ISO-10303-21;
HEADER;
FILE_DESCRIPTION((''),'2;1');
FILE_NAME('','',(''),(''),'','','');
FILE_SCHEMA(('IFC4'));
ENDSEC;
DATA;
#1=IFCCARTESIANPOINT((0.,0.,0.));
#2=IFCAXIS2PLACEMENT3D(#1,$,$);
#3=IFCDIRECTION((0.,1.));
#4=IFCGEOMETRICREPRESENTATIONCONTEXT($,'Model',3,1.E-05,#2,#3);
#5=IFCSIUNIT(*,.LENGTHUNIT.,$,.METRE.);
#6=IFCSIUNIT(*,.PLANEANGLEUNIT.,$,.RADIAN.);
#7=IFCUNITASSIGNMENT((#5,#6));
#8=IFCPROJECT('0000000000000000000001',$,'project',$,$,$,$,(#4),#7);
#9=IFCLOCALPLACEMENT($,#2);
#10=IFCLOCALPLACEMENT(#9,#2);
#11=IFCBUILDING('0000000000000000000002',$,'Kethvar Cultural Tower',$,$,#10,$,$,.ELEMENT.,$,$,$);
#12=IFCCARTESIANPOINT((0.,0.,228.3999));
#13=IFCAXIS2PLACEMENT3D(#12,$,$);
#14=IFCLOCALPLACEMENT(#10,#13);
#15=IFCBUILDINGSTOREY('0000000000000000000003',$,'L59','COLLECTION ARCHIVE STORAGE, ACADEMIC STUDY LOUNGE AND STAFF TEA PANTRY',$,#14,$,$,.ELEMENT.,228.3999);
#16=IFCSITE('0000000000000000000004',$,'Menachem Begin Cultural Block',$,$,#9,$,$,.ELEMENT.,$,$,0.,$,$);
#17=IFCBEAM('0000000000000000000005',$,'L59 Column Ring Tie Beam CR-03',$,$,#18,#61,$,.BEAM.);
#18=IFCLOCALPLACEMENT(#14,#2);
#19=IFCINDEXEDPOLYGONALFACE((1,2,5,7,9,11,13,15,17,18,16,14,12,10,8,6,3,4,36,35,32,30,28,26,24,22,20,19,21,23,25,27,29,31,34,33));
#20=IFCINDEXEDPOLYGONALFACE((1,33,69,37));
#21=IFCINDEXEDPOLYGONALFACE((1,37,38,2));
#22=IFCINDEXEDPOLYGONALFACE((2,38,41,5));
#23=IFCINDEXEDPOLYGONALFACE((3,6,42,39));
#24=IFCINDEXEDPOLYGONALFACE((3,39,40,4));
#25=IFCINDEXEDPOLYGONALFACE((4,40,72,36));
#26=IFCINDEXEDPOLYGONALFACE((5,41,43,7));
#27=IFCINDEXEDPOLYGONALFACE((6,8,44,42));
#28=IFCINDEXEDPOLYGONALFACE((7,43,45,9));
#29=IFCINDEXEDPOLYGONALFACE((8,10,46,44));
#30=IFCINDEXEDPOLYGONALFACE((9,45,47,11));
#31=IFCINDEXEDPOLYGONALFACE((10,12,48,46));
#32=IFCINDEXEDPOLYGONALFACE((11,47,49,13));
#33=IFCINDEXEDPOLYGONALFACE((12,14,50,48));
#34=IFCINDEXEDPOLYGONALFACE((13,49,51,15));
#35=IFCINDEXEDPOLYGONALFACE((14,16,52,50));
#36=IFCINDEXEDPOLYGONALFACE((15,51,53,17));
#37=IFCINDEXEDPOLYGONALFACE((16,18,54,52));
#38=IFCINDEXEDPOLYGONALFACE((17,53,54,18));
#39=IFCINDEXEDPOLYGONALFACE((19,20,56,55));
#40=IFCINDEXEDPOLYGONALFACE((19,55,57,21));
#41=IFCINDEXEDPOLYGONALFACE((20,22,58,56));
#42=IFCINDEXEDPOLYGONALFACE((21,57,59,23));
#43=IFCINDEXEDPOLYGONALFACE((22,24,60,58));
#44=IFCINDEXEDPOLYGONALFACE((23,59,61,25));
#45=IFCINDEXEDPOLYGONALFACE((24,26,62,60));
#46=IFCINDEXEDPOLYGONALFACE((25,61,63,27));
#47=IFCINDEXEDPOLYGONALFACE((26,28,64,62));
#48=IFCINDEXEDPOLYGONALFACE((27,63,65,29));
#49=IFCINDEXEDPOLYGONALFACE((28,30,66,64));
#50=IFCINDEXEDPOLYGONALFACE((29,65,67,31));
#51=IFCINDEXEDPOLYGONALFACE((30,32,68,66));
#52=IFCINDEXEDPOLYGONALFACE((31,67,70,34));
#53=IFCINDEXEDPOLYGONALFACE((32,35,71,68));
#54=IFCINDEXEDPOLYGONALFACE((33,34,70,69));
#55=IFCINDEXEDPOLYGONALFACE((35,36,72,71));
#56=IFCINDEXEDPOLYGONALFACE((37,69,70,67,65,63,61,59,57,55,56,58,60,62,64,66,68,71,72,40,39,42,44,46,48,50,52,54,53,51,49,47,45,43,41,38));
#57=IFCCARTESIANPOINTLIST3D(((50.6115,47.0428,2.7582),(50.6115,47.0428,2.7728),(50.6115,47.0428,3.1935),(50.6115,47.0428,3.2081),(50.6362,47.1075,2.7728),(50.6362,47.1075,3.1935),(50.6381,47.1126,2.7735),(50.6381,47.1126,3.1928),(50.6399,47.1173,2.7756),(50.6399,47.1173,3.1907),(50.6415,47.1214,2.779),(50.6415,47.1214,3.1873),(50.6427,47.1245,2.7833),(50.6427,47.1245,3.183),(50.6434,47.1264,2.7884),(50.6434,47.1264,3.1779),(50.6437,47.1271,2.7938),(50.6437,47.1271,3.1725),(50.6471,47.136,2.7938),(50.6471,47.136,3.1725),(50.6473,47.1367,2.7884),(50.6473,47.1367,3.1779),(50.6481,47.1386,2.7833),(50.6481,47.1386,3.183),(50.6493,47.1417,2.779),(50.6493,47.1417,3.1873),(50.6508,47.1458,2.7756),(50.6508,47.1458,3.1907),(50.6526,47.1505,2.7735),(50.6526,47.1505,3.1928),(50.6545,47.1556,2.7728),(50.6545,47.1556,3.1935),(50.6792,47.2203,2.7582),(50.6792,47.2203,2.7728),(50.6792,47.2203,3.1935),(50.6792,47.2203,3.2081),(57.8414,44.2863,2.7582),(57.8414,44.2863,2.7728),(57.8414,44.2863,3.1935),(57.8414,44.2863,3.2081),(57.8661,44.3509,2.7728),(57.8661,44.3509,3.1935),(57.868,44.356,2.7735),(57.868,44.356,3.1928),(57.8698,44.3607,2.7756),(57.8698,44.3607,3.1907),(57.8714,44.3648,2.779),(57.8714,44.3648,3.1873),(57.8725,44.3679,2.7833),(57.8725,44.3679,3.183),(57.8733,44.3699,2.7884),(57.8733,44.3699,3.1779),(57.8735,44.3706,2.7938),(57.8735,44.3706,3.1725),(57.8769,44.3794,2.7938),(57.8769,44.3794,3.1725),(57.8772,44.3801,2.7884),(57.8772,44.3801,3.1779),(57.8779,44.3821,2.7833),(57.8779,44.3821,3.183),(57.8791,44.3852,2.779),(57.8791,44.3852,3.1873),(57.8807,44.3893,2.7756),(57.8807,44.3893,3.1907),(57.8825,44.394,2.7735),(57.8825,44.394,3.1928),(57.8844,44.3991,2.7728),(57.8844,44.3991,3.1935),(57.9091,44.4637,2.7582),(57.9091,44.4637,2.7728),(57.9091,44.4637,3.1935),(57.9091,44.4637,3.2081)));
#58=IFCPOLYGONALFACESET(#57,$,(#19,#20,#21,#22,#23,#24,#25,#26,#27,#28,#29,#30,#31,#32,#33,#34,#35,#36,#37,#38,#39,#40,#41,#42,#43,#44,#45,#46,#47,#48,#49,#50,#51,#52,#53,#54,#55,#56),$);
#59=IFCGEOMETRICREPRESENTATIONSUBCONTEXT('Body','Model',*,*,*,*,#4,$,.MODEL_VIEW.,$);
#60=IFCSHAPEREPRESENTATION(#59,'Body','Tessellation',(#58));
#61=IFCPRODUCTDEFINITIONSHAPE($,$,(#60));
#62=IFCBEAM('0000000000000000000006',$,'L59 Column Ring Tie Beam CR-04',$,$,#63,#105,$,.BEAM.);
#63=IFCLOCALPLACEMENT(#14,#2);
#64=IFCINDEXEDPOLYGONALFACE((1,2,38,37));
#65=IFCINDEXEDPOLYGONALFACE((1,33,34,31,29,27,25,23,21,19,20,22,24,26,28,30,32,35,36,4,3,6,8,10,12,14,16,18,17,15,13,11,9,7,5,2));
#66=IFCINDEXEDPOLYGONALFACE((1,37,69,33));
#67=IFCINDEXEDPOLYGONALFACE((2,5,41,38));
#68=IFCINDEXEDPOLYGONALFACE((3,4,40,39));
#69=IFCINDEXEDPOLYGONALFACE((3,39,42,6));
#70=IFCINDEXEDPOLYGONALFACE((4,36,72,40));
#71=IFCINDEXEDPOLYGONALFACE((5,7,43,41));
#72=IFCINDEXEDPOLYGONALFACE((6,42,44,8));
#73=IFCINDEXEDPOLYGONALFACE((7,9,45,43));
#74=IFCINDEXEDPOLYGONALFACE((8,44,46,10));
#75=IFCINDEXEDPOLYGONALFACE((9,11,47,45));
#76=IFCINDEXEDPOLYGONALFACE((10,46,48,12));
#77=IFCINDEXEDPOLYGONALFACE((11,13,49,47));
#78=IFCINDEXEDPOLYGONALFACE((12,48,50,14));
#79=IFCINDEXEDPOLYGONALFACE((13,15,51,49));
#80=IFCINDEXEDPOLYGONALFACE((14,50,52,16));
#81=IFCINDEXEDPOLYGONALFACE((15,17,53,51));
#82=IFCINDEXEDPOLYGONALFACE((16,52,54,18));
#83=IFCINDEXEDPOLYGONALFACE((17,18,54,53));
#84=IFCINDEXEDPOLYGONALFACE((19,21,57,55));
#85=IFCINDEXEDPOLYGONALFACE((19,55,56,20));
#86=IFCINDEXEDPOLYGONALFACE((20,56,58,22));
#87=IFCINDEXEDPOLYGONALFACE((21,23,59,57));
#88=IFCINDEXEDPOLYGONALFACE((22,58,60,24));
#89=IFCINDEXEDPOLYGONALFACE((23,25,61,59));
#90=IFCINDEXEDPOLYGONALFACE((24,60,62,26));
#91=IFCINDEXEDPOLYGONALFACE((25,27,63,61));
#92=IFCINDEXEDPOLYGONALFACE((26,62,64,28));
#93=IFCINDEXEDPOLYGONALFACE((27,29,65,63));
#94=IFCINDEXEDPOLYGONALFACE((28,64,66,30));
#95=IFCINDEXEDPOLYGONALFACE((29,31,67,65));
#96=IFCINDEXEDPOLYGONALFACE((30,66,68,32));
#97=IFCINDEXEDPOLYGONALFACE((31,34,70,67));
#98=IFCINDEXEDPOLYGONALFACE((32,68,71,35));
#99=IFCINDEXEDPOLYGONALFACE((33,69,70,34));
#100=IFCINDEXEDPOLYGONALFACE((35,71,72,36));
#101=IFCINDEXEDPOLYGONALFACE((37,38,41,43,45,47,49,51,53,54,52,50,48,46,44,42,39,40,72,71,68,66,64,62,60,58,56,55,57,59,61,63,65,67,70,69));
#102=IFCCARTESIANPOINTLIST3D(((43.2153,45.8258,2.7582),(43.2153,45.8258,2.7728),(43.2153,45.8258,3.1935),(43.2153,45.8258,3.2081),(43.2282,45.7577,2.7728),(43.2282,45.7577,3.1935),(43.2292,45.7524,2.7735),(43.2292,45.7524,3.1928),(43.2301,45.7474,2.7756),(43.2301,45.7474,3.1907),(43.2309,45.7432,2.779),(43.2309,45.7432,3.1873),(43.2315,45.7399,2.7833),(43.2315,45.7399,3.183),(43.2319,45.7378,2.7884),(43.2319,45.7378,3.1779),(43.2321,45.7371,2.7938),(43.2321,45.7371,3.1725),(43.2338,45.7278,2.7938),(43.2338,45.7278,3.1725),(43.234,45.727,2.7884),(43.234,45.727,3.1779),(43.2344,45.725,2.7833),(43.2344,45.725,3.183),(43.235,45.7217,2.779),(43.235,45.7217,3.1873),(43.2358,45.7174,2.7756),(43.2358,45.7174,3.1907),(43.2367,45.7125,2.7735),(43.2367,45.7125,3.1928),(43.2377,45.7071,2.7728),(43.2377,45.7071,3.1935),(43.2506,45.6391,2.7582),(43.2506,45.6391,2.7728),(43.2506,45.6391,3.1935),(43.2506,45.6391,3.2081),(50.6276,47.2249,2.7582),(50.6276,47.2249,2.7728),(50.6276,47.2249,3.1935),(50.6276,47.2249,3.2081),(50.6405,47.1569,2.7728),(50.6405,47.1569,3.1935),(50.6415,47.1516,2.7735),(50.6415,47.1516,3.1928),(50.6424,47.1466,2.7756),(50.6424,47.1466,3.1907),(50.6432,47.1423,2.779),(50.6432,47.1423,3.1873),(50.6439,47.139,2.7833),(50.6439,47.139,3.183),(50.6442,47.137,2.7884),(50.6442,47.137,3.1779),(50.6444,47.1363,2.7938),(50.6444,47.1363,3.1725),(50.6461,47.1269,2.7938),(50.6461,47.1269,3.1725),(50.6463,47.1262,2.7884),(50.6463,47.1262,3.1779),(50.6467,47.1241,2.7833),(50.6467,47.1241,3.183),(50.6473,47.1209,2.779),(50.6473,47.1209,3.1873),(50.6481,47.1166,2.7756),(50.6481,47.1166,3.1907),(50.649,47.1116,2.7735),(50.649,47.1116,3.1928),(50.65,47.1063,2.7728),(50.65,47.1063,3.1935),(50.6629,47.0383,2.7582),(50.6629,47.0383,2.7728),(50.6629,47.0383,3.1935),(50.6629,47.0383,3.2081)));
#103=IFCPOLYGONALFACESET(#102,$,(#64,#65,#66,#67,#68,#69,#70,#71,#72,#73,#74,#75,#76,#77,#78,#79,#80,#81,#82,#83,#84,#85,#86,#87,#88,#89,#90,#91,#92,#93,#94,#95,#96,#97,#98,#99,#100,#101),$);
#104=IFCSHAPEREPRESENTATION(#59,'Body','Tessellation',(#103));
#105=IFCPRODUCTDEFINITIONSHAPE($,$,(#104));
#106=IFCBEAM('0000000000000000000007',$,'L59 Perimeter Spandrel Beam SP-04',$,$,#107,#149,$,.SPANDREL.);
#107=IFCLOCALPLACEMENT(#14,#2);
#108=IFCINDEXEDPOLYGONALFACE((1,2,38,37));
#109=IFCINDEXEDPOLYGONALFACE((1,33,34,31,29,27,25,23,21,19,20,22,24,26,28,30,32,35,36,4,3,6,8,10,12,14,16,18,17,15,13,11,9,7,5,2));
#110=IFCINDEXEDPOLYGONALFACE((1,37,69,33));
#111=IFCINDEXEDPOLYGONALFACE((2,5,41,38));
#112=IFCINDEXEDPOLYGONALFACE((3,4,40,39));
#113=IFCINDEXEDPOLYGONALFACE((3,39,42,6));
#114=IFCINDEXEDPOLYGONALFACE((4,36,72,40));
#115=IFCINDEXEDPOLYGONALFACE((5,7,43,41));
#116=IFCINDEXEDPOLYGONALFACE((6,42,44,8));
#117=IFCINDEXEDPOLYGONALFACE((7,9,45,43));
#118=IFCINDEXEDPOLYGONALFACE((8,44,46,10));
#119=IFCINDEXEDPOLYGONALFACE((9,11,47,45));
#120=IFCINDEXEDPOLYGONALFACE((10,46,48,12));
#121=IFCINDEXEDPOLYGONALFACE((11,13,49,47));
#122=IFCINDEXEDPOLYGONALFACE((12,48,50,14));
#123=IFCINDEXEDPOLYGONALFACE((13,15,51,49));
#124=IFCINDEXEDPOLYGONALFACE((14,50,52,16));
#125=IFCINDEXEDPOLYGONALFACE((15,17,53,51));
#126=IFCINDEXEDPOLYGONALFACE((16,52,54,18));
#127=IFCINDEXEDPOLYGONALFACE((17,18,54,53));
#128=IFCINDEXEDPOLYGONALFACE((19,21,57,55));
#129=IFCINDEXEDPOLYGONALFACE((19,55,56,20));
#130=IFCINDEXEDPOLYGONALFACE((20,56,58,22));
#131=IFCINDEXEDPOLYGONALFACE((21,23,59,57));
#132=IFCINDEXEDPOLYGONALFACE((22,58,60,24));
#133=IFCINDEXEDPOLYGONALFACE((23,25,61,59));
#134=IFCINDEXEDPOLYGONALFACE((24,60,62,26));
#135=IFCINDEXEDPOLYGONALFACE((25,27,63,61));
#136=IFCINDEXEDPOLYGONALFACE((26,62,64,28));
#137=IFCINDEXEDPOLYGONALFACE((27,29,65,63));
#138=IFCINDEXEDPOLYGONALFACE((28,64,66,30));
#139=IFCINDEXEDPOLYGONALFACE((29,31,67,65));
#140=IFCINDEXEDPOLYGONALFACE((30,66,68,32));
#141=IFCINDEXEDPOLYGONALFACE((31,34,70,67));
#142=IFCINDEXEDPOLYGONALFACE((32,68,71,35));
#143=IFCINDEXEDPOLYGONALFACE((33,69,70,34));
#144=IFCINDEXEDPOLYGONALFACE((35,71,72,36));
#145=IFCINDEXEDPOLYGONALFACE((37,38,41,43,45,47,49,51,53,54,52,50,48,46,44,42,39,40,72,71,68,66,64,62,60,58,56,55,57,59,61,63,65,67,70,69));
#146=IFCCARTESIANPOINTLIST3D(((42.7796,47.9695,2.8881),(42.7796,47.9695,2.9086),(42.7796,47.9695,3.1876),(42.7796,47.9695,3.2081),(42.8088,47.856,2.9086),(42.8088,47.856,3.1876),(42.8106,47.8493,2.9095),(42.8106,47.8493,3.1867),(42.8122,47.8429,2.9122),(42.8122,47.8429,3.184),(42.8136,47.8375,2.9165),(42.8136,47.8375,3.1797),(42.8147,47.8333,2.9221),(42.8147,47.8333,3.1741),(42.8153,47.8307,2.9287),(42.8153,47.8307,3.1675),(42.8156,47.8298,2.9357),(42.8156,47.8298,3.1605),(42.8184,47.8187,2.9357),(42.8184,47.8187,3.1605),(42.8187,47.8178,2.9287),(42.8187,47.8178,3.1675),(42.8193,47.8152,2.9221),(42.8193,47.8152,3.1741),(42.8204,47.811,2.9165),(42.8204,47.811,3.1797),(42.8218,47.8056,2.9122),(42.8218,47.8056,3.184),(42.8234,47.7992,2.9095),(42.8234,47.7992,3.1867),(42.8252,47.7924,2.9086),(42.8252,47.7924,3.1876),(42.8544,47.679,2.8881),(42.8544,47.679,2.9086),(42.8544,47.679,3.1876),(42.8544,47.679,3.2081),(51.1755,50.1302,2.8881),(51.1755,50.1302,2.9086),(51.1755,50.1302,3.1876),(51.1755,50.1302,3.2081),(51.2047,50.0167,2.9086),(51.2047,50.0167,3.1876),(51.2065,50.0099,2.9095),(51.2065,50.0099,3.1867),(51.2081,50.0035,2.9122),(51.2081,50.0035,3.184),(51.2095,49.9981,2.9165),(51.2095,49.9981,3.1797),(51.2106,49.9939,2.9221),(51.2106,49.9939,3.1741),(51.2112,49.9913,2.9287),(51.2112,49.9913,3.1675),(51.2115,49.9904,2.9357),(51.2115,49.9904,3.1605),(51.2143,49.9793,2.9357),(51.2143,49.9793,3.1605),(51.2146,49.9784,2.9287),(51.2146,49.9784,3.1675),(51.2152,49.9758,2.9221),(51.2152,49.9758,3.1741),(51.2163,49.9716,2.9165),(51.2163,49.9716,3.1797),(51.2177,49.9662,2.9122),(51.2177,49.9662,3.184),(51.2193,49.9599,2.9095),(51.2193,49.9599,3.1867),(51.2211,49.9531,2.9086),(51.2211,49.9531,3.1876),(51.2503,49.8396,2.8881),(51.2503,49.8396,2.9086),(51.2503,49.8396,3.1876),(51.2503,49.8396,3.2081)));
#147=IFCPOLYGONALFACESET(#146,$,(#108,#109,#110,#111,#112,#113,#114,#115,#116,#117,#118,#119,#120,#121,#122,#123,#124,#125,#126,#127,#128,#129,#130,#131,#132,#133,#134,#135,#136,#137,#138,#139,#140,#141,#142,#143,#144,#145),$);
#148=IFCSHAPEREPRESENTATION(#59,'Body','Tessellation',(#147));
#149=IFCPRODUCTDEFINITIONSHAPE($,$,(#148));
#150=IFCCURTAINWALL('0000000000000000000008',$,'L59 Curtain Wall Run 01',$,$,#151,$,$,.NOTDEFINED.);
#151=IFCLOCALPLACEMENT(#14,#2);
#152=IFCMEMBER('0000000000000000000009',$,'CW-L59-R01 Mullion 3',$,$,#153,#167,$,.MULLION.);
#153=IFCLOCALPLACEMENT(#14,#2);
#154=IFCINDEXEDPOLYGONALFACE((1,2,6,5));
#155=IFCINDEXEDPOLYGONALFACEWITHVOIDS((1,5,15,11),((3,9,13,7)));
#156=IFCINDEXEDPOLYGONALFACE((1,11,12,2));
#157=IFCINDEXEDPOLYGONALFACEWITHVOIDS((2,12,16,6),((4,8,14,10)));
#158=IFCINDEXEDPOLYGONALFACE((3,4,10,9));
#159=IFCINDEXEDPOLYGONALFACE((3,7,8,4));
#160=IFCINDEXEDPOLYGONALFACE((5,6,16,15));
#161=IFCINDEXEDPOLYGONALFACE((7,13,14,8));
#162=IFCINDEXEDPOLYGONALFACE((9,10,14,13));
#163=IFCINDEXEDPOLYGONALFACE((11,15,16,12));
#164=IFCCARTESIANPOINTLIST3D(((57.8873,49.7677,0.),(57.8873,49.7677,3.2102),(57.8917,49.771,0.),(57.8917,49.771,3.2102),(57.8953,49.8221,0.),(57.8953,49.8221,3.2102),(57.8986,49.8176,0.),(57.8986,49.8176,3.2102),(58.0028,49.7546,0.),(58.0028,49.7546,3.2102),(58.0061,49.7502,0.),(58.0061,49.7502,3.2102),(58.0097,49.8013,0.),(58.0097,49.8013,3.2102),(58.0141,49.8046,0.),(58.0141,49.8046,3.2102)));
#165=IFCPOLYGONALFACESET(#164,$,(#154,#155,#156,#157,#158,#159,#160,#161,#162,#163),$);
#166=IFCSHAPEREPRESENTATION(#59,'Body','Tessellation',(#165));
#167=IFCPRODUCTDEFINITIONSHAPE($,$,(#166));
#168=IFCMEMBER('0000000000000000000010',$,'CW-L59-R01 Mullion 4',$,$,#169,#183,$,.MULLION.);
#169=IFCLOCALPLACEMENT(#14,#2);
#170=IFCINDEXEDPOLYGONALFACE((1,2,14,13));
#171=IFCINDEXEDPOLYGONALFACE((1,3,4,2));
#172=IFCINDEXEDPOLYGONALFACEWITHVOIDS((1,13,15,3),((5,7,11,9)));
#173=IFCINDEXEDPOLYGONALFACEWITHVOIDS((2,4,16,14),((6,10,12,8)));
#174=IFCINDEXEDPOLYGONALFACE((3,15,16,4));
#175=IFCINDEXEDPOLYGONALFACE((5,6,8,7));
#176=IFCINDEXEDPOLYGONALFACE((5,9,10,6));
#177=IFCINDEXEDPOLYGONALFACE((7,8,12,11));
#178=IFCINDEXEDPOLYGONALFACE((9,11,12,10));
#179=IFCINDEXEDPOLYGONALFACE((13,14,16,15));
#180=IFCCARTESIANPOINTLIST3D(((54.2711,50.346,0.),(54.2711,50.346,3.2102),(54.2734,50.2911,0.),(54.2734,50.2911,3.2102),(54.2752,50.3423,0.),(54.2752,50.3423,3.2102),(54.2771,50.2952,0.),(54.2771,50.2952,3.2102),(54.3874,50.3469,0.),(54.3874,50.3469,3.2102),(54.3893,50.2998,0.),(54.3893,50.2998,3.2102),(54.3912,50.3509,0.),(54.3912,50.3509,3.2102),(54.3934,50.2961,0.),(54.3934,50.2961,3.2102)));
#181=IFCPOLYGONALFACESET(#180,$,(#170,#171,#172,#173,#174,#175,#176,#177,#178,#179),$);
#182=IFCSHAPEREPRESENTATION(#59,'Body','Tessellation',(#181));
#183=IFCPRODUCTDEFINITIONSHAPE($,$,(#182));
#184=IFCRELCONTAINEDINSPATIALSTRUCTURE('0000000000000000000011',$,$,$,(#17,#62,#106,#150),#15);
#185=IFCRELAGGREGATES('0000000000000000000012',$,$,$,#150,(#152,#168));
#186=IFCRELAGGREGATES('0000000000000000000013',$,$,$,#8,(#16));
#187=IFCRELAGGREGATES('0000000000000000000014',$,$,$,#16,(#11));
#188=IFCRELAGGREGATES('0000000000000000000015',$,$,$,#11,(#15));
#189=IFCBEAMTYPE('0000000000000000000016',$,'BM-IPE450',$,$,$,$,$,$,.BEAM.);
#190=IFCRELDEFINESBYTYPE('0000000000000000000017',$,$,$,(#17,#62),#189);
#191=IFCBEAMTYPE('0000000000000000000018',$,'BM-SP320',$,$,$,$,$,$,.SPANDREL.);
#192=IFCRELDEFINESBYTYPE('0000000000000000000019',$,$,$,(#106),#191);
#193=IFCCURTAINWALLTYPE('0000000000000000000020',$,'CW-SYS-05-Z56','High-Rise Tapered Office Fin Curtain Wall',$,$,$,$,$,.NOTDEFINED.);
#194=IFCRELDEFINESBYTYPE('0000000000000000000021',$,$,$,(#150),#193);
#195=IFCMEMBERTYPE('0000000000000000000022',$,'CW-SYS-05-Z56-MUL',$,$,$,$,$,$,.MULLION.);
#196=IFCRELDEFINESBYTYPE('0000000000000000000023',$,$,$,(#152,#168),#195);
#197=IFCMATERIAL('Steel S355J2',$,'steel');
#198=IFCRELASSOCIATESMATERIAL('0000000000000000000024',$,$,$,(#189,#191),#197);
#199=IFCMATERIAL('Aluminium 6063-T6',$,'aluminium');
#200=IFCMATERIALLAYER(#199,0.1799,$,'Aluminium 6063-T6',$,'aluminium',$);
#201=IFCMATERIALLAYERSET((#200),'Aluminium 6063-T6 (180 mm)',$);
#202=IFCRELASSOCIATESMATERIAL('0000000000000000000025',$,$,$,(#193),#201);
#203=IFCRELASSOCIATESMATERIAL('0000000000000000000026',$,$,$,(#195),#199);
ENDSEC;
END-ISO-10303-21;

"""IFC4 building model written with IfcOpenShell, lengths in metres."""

from ifc_helpers import new_model, si_unit, direction, frame, origin, origin_2d, place, context, subcontext, project, spatial, hollow_rectangle, i_section, extrude, source, transform, mapped, material, layer, layer_set, material_profile, profile_set, type_object, element, aggregate, save


model = new_model("IFC4")

# Units and contexts
model_context = context("Model", 3, precision=1e-05, world=origin(), true_north=direction((0.0, 1.0)))
body_context = subcontext(model_context, "Body", "Model", "MODEL_VIEW")
ifc_project = project(units=[si_unit("LENGTHUNIT", "METRE"), si_unit("PLANEANGLEUNIT", "RADIAN")], contexts=[model_context])

# Site, building, storey
site_placement = place(None, origin())
site = spatial("IfcSite", under=ifc_project, at=site_placement, Name="Menachem Begin Cultural Block", CompositionType="ELEMENT", RefElevation=0.0)
building_placement = place(site_placement, origin())
building = spatial("IfcBuilding", under=site, at=building_placement, Name="Kethvar Cultural Tower", CompositionType="ELEMENT")
storey_placement = place(building_placement, frame((0.0, 0.0, 228.3999)))
storey = spatial("IfcBuildingStorey", under=building, at=storey_placement, Name="L59", Description="COLLECTION ARCHIVE STORAGE, ACADEMIC STUDY LOUNGE AND STAFF TEA PANTRY", CompositionType="ELEMENT", Elevation=228.3999)

# Beams
ifc_material_1 = material(Name="Steel S355J2", Category="steel")
ifc_material_profile_1 = material_profile(ifc_material_1, i_section(OverallWidth=0.1899, OverallDepth=0.45, WebThickness=0.0095, FlangeThickness=0.0146, FilletRadius=0.021, at=origin_2d()), Name="Steel S355J2 — IPE450")
ifc_profile_set_1 = profile_set([ifc_material_profile_1], Name="Steel S355J2 — IPE450")
beam_type_1 = type_object("IfcBeamType", Name="BM-IPE450", PredefinedType="BEAM", material=ifc_profile_set_1)
shared_shape_1 = source(origin(), body_context, "Body", "SweptSolid", [
    extrude(i_section(OverallWidth=0.1899, OverallDepth=0.45, WebThickness=0.0095, FlangeThickness=0.0146, FilletRadius=0.021, at=origin_2d()), origin(), (0.0, 0.0, 1.0), 7.7375),
])
beam_1_placement = place(storey_placement, frame((57.8752, 44.375, 2.9832), z_axis=(-0.934388, 0.356256, 0.0), x_axis=(-0.356256, -0.934388, 0.0)))
element("IfcBeam", 1, at=beam_1_placement, inside=storey, type_object=beam_type_1, Name="L59 Column Ring Tie Beam CR-03", PredefinedType="BEAM", context=body_context, shape_type="MappedRepresentation", body=[
    mapped(shared_shape_1, transform((0.0, 0.0, 0.0), scale=1.0)),
])
shared_shape_2 = source(origin(), body_context, "Body", "SweptSolid", [
    extrude(i_section(OverallWidth=0.1899, OverallDepth=0.45, WebThickness=0.0095, FlangeThickness=0.0146, FilletRadius=0.021, at=origin_2d()), origin(), (0.0, 0.0, 1.0), 7.5432),
])
beam_2_placement = place(storey_placement, frame((50.6453, 47.1316, 2.9832), z_axis=(-0.982647, -0.185486, 0.0), x_axis=(0.185486, -0.982647, 0.0)))
element("IfcBeam", 2, at=beam_2_placement, inside=storey, type_object=beam_type_1, Name="L59 Column Ring Tie Beam CR-04", PredefinedType="BEAM", context=body_context, shape_type="MappedRepresentation", body=[
    mapped(shared_shape_2, transform((0.0, 0.0, 0.0), scale=1.0)),
])
ifc_material_profile_2 = material_profile(ifc_material_1, i_section(OverallWidth=0.3, OverallDepth=0.3201, WebThickness=0.0115, FlangeThickness=0.0205, FilletRadius=0.0271, at=origin_2d()), Name="Steel S355J2 — HEB320")
ifc_profile_set_2 = profile_set([ifc_material_profile_2], Name="Steel S355J2 — HEB320")
beam_type_2 = type_object("IfcBeamType", Name="BM-SP320", PredefinedType="SPANDREL", material=ifc_profile_set_2)
shared_shape_3 = source(origin(), body_context, "Body", "SweptSolid", [
    extrude(i_section(OverallWidth=0.3, OverallDepth=0.3201, WebThickness=0.0115, FlangeThickness=0.0205, FilletRadius=0.0271, at=origin_2d()), origin(), (0.0, 0.0, 1.0), 8.6694),
])
beam_3_placement = place(storey_placement, frame((51.2129, 49.9849, 3.0481), z_axis=(-0.968446, -0.249222, 0.0), x_axis=(0.249222, -0.968446, 0.0)))
element("IfcBeam", 3, at=beam_3_placement, inside=storey, type_object=beam_type_2, Name="L59 Perimeter Spandrel Beam SP-04", PredefinedType="SPANDREL", context=body_context, shape_type="MappedRepresentation", body=[
    mapped(shared_shape_3, transform((0.0, 0.0, 0.0), scale=1.0)),
])

# Curtain wall, members
ifc_material_2 = material(Name="Aluminium 6063-T6", Category="aluminium")
ifc_layer_1 = layer(ifc_material_2, 0.1799, Name="Aluminium 6063-T6", Category="aluminium")
ifc_layer_set_1 = layer_set([ifc_layer_1], Name="Aluminium 6063-T6 (180 mm)")
curtain_wall_type = type_object("IfcCurtainWallType", Name="CW-SYS-05-Z56", Description="High-Rise Tapered Office Fin Curtain Wall", PredefinedType="NOTDEFINED", material=ifc_layer_set_1)
curtain_wall_placement = place(storey_placement, origin())
curtain_wall = element("IfcCurtainWall", 4, at=curtain_wall_placement, inside=storey, type_object=curtain_wall_type, Name="L59 Curtain Wall Run 01", PredefinedType="NOTDEFINED")
ifc_material_profile_3 = material_profile(ifc_material_2, hollow_rectangle(XDim=0.0549, YDim=0.1201, WallThickness=0.0039, at=origin_2d()), Name="Aluminium 6063-T6 — RHS120x55x4")
ifc_profile_set_3 = profile_set([ifc_material_profile_3], Name="Aluminium 6063-T6 — RHS120x55x4")
member_type_1 = type_object("IfcMemberType", Name="CW-SYS-05-Z56-MUL", PredefinedType="MULLION", material=ifc_profile_set_3)
shared_shape_4 = source(origin(), body_context, "Body", "SweptSolid", [
    extrude(hollow_rectangle(XDim=0.0549, YDim=0.1201, WallThickness=0.0039, at=origin_2d()), origin(), (0.0, 0.0, 1.0), 3.2102),
])
member_1_placement = place(storey_placement, frame((57.9507, 49.7861, 0.0), z_axis=(0.0, 0.0, 1.0), x_axis=(-0.145772, -0.989318, 0.0)))
member_1 = element("IfcMember", 5, at=member_1_placement, type_object=member_type_1, Name="CW-L59-R01 Mullion 3", PredefinedType="MULLION", context=body_context, shape_type="MappedRepresentation", body=[
    mapped(shared_shape_4, transform((0.0, 0.0, 0.0), scale=1.0)),
])
member_2_placement = place(storey_placement, frame((54.3323, 50.321, 0.0), z_axis=(0.0, 0.0, 1.0), x_axis=(0.040986, -0.99916, 0.0)))
member_2 = element("IfcMember", 6, at=member_2_placement, type_object=member_type_1, Name="CW-L59-R01 Mullion 4", PredefinedType="MULLION", context=body_context, shape_type="MappedRepresentation", body=[
    mapped(shared_shape_4, transform((0.0, 0.0, 0.0), scale=1.0)),
])
aggregate(curtain_wall, [member_1, member_2])

save(model, "model.ifc")
